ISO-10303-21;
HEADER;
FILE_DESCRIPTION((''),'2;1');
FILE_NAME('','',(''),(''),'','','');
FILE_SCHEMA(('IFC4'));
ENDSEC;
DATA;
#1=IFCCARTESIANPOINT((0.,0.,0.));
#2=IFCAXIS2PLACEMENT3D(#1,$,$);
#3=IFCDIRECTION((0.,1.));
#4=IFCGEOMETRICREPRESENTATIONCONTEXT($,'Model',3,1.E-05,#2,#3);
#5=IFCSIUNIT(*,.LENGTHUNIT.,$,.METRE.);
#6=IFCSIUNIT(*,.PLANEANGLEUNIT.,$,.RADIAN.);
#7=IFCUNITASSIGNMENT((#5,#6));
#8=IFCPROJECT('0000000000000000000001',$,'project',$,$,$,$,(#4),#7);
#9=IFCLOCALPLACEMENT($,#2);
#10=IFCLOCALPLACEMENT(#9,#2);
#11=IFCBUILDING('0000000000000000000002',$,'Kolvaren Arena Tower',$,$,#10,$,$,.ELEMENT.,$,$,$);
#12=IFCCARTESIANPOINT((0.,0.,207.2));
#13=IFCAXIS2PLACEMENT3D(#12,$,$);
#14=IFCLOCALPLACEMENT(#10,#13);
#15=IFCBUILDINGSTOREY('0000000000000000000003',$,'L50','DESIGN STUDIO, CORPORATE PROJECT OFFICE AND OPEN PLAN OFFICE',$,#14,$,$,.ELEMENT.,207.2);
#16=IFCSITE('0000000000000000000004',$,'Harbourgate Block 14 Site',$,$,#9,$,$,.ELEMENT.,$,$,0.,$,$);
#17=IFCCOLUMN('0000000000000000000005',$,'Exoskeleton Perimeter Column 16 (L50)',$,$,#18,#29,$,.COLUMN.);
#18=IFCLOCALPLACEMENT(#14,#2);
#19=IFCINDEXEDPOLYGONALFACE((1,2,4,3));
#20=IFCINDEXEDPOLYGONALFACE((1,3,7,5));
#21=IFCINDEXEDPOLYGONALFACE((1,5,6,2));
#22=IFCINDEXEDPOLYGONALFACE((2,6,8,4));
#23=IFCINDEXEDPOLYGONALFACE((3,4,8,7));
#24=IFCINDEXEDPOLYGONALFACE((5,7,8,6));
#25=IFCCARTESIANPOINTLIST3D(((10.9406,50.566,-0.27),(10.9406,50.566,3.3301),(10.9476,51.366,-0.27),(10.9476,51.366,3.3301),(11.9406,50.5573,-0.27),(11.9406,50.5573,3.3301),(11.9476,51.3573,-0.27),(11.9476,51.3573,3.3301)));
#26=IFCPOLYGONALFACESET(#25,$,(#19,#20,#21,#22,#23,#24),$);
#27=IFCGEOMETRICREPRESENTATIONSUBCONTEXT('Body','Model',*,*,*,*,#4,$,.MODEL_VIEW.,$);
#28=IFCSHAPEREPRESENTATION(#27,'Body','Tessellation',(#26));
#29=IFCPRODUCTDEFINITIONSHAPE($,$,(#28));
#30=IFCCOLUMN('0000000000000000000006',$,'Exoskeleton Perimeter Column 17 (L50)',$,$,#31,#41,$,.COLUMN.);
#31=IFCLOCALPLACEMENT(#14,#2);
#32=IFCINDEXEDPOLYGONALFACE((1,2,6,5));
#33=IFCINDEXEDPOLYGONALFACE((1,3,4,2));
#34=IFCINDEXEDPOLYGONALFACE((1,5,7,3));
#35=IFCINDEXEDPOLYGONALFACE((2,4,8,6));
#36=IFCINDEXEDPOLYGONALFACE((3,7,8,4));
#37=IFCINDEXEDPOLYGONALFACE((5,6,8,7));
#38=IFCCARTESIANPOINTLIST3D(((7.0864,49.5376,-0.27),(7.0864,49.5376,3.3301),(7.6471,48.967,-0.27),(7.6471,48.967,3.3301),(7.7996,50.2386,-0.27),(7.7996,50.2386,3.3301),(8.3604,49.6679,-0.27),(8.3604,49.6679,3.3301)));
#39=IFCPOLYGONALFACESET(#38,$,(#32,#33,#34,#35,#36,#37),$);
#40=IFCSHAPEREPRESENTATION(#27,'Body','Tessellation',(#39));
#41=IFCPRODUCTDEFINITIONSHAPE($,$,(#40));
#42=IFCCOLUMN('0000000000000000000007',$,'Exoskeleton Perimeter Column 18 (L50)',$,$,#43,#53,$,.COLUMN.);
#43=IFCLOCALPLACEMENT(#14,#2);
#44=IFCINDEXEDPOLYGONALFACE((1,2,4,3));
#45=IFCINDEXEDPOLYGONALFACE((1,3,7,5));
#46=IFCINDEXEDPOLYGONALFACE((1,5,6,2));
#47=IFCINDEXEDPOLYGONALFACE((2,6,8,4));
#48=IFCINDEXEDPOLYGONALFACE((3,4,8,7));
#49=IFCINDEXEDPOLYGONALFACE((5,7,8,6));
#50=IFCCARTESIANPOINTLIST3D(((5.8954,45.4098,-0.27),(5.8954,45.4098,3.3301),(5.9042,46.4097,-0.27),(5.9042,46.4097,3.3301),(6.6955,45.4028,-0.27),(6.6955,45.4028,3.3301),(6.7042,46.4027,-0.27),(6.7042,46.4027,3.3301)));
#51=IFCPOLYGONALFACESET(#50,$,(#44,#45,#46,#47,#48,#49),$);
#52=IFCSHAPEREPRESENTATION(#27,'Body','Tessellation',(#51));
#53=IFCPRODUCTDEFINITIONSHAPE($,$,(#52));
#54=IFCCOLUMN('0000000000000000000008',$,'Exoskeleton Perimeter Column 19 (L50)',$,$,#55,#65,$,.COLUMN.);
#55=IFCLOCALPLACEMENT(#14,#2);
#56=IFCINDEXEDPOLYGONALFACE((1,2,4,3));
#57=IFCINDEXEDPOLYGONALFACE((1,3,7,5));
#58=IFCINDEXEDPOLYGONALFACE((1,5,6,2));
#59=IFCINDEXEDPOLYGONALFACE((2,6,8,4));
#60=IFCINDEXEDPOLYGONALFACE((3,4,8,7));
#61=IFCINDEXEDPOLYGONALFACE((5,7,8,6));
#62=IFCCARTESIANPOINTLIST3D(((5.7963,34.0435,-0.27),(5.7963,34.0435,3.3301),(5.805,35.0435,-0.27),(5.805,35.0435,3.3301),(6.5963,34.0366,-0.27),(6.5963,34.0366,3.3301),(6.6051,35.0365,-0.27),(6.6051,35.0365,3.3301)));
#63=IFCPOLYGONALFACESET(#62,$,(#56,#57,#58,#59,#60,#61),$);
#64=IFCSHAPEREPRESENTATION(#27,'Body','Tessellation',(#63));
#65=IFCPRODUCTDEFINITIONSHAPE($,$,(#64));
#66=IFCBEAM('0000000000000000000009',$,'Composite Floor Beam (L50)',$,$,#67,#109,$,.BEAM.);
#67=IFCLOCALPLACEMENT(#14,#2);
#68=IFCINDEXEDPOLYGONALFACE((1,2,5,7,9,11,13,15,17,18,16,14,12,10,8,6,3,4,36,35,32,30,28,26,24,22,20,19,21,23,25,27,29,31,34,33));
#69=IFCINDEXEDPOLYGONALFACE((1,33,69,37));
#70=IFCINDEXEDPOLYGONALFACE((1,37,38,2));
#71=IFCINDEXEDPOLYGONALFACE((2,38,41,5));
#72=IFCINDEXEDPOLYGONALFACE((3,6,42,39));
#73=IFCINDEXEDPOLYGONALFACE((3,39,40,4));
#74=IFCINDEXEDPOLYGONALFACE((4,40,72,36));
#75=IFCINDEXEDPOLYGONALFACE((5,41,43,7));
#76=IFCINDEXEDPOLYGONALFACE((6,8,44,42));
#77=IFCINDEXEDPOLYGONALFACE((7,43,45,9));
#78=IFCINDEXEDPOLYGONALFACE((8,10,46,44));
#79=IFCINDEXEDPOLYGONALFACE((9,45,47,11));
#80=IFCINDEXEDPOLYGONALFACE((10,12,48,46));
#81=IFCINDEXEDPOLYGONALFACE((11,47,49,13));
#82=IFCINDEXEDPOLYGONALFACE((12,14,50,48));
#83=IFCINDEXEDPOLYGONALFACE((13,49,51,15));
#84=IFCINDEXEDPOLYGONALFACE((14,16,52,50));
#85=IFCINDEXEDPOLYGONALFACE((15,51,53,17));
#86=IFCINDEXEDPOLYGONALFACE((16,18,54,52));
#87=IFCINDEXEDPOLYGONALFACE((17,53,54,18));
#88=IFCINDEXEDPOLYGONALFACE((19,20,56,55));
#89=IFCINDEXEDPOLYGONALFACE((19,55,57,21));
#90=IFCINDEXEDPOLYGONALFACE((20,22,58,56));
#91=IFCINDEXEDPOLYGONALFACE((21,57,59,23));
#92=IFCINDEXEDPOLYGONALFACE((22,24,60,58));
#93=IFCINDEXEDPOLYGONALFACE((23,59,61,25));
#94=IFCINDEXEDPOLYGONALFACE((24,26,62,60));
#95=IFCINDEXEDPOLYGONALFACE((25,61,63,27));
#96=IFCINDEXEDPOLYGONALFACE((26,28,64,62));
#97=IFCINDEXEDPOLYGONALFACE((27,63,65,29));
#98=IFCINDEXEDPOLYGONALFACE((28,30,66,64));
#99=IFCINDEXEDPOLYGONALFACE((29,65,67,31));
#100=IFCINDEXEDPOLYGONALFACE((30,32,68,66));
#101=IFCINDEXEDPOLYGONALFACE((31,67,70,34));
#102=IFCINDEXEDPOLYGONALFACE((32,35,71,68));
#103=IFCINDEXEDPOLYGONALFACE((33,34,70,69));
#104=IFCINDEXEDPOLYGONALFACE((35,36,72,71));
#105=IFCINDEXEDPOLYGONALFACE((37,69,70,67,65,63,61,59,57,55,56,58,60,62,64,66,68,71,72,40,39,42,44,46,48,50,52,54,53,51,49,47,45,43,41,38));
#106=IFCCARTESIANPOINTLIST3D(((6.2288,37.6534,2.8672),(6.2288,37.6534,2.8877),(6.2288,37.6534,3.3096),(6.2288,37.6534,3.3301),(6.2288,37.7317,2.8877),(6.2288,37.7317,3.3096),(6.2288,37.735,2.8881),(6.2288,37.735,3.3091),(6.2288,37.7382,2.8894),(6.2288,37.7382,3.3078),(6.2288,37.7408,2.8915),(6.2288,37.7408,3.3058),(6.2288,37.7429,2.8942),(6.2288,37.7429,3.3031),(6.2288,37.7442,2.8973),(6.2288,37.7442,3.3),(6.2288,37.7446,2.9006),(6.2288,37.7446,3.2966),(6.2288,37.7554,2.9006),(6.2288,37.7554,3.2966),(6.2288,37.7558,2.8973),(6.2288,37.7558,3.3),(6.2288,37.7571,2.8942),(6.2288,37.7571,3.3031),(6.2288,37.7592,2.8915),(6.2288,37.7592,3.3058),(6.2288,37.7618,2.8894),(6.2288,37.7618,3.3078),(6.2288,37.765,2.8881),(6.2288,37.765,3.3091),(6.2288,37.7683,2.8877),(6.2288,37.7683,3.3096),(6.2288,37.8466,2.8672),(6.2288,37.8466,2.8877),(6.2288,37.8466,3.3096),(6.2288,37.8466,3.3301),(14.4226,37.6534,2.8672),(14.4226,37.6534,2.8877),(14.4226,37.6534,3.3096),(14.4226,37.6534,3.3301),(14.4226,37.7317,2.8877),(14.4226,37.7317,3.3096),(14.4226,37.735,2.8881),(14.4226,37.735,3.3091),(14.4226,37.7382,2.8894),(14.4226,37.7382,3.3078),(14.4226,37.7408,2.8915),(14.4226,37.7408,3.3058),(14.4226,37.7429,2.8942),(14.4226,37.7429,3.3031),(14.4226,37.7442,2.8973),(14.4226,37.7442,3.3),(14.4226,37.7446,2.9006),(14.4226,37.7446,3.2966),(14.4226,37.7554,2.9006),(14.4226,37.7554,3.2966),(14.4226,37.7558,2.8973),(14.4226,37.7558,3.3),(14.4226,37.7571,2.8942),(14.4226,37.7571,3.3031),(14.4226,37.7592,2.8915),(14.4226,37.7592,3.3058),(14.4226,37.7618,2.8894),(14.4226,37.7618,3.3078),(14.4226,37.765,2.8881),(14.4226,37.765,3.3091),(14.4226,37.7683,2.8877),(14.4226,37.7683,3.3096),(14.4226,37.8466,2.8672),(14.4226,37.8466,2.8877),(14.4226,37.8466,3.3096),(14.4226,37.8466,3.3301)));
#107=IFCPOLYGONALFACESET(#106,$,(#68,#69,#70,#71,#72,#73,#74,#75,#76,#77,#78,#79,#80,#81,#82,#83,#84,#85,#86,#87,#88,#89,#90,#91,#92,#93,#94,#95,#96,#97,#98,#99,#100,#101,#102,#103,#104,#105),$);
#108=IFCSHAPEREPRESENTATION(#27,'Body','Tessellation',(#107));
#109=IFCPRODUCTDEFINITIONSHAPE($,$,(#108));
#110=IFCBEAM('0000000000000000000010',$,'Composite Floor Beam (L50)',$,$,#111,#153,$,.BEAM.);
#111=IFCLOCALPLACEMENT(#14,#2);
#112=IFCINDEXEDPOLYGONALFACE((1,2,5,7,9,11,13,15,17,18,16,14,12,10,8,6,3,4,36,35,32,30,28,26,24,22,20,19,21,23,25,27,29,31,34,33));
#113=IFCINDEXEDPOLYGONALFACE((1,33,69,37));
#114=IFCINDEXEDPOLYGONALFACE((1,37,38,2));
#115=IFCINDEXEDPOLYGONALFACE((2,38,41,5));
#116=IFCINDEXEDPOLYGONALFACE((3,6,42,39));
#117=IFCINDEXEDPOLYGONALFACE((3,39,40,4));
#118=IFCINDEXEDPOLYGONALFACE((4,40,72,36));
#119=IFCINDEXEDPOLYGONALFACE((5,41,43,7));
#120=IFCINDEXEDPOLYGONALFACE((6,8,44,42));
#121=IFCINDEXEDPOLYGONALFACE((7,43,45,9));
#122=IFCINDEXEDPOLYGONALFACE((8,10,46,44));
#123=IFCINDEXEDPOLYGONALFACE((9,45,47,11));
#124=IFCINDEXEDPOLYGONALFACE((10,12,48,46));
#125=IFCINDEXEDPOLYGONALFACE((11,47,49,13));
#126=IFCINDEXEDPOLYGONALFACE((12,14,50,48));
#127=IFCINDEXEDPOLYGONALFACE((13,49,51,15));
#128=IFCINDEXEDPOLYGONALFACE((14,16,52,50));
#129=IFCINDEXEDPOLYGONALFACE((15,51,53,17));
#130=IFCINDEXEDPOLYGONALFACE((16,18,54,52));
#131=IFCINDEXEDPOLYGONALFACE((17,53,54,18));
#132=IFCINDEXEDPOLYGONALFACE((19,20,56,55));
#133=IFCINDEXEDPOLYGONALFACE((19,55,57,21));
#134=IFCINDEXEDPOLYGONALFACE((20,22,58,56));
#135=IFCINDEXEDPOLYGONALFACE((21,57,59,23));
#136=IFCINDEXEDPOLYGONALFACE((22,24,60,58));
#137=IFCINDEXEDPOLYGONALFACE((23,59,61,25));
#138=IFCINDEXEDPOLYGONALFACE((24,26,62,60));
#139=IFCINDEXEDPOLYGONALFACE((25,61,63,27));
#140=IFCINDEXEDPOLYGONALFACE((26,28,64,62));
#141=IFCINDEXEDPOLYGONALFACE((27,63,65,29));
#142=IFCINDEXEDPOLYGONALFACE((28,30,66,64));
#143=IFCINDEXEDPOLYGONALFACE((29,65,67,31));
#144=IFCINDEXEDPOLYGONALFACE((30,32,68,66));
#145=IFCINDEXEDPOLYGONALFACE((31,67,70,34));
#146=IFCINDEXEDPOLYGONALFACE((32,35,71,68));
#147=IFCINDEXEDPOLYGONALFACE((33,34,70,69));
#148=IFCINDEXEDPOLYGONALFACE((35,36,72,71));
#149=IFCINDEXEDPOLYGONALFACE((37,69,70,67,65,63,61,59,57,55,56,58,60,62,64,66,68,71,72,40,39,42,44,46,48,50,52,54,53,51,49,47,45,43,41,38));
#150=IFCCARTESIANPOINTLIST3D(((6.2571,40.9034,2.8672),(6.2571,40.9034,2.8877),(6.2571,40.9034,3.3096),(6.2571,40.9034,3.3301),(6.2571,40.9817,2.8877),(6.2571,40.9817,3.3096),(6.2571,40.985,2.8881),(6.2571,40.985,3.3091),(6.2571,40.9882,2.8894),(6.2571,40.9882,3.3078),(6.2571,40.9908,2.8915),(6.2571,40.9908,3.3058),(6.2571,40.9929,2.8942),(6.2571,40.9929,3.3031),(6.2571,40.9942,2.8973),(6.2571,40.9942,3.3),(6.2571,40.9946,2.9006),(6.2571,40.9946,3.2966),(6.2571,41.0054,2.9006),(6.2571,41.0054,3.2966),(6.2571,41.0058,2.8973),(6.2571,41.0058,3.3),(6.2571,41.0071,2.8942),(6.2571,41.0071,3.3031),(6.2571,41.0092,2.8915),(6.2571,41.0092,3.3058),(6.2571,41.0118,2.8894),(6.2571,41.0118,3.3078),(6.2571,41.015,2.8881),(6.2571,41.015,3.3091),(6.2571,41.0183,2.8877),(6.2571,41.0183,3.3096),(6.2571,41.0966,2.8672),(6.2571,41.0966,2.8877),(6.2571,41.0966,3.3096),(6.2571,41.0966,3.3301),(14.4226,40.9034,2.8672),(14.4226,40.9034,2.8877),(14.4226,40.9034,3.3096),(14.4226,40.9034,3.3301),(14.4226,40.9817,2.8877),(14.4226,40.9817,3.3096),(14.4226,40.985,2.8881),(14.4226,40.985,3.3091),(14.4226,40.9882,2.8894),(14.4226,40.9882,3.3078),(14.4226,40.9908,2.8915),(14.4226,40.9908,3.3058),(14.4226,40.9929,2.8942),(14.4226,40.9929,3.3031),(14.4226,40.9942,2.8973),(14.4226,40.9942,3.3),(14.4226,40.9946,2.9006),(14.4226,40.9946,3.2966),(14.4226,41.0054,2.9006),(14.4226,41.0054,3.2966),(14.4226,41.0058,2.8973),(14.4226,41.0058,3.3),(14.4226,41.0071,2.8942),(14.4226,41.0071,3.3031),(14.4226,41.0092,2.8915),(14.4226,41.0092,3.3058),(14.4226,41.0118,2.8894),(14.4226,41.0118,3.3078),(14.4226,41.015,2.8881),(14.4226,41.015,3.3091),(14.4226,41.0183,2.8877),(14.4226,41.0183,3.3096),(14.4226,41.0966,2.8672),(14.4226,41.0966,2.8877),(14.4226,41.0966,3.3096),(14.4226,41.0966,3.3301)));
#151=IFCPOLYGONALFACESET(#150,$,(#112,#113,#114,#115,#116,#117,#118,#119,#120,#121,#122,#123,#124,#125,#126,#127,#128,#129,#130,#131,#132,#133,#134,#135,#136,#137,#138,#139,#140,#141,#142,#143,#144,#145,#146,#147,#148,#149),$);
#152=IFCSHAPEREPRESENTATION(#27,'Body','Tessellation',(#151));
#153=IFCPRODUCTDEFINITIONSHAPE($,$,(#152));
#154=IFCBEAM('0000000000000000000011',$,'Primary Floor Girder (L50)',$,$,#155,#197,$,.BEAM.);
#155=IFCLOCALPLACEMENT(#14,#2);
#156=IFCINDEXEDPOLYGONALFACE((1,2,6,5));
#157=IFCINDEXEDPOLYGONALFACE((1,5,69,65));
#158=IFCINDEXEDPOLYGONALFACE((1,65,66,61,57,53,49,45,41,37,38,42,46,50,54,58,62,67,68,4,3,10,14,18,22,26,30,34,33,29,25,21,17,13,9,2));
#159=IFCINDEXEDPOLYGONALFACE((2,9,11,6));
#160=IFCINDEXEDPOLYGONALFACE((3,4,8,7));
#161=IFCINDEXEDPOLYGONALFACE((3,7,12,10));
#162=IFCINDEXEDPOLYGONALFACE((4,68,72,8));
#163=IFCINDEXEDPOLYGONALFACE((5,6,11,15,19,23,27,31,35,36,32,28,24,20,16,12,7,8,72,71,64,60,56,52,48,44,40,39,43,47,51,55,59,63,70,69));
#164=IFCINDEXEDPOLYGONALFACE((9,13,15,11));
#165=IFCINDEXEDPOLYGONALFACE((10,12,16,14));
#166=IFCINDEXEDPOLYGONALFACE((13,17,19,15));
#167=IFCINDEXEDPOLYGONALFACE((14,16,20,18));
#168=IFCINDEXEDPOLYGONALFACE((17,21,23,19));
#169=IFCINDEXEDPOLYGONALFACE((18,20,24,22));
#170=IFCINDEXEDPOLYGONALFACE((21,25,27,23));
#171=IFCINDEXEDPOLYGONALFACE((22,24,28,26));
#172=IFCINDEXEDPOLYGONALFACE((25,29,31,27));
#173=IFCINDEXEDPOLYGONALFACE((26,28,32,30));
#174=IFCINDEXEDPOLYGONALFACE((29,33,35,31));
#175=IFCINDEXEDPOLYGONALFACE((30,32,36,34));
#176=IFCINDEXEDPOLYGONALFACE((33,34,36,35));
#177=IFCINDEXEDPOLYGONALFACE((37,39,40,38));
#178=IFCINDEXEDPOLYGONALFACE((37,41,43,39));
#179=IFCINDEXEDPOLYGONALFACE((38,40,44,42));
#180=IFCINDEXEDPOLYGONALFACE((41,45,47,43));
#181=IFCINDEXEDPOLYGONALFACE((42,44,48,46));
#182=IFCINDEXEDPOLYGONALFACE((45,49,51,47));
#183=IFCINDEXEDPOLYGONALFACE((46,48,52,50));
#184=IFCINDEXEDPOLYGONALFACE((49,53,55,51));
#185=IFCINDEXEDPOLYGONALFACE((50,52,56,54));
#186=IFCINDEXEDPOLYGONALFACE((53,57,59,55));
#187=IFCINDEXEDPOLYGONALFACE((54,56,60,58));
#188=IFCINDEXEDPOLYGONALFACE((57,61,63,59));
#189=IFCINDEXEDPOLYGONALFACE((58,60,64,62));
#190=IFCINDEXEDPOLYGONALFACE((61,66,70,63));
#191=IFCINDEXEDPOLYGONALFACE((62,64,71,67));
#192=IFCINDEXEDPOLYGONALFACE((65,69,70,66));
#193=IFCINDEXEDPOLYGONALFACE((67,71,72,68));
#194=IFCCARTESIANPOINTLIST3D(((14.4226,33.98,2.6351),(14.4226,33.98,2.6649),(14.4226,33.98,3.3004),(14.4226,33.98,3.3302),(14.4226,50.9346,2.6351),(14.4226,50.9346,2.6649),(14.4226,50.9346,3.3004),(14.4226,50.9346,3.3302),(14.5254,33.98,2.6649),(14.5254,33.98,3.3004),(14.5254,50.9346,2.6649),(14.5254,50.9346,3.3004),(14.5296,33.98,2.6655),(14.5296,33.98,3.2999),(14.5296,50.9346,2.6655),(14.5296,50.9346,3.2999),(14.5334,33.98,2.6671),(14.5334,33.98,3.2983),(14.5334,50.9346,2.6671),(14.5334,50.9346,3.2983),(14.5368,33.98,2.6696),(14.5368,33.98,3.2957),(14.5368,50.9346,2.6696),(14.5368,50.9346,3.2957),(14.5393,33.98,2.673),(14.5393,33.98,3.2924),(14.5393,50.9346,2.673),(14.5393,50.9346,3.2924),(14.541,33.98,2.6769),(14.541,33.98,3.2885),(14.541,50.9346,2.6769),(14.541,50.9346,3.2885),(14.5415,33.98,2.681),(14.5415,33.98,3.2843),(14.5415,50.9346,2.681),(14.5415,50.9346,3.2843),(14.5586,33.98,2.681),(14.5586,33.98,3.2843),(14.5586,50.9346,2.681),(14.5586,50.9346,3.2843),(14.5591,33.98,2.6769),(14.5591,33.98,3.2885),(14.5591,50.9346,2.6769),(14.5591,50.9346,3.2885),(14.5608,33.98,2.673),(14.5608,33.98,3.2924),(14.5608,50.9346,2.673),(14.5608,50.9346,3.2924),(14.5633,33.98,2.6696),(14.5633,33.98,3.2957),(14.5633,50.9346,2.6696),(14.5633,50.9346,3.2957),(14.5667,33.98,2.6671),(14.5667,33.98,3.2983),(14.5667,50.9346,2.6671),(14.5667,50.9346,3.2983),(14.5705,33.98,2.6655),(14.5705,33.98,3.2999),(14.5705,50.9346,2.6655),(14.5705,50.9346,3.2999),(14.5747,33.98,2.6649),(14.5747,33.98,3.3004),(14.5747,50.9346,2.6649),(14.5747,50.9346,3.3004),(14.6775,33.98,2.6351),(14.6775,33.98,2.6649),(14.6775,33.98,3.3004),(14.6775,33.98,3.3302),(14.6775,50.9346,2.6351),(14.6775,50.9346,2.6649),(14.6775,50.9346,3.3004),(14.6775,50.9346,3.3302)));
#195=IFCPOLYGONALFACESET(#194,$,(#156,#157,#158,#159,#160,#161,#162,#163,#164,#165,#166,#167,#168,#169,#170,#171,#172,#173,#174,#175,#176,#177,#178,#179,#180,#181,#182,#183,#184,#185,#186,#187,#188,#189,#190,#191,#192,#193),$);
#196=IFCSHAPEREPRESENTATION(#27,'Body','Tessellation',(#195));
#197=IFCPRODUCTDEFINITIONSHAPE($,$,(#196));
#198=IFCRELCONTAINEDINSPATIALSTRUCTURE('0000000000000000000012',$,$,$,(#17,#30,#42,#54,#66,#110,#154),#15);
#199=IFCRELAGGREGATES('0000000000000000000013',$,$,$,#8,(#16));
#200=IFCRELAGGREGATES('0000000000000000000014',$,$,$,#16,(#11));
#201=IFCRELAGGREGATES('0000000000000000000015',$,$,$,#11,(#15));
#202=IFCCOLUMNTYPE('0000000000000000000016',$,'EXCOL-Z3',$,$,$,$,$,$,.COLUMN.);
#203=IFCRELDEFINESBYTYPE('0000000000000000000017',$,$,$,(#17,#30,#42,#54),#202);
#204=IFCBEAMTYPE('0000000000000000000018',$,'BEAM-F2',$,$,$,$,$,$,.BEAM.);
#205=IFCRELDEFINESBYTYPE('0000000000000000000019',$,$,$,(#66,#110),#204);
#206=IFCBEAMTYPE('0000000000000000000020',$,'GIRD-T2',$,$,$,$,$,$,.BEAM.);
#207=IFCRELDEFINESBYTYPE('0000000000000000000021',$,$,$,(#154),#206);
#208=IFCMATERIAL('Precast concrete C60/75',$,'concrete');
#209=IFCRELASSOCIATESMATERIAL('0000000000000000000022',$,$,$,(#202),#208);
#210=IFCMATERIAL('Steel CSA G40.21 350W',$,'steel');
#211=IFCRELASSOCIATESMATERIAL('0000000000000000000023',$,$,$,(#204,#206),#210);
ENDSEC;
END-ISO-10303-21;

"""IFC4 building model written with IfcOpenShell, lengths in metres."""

from ifc_helpers import new_model, si_unit, direction, frame, origin, origin_2d, place, context, subcontext, project, spatial, rectangle, i_section, extrude, material, material_profile, profile_set, type_object, element, save


model = new_model("IFC4")

# Units and contexts
model_context = context("Model", 3, precision=1e-05, world=origin(), true_north=direction((0.0, 1.0)))
body_context = subcontext(model_context, "Body", "Model", "MODEL_VIEW")
ifc_project = project(units=[si_unit("LENGTHUNIT", "METRE"), si_unit("PLANEANGLEUNIT", "RADIAN")], contexts=[model_context])

# Site, building, storey
site_placement = place(None, origin())
site = spatial("IfcSite", under=ifc_project, at=site_placement, Name="Harbourgate Block 14 Site", CompositionType="ELEMENT", RefElevation=0.0)
building_placement = place(site_placement, origin())
building = spatial("IfcBuilding", under=site, at=building_placement, Name="Kolvaren Arena Tower", CompositionType="ELEMENT")
storey_placement = place(building_placement, frame((0.0, 0.0, 207.2)))
storey = spatial("IfcBuildingStorey", under=building, at=storey_placement, Name="L50", Description="DESIGN STUDIO, CORPORATE PROJECT OFFICE AND OPEN PLAN OFFICE", CompositionType="ELEMENT", Elevation=207.2)

# Columns
ifc_material_1 = material(Name="Precast concrete C60/75", Category="concrete")
ifc_material_profile_1 = material_profile(ifc_material_1, rectangle(XDim=1.0, YDim=0.8, at=origin_2d()), Name="RC-1000x800")
ifc_profile_set_1 = profile_set([ifc_material_profile_1], Name="Precast concrete C60/75")
column_type = type_object("IfcColumnType", Name="EXCOL-Z3", PredefinedType="COLUMN", material=ifc_profile_set_1)
for number, where, z_axis, x_axis, name in (
    (1, (11.4441, 50.9617, -0.27), (0.0, 0.0, 1.0), (0.999962, -0.008727, 0.0), "Exoskeleton Perimeter Column 16 (L50)"),
    (2, (7.7234, 49.6028, -0.27), (0.0, 0.0, 1.0), (0.71325, 0.700909, 0.0), "Exoskeleton Perimeter Column 17 (L50)"),
    (3, (6.2998, 45.9062, -0.27), (0.0, 0.0, 1.0), (0.008727, 0.999962, 0.0), "Exoskeleton Perimeter Column 18 (L50)"),
    (4, (6.2007, 34.54, -0.27), (0.0, 0.0, 1.0), (0.008727, 0.999962, 0.0), "Exoskeleton Perimeter Column 19 (L50)"),
):
    element("IfcColumn", number, at=place(storey_placement, frame(where, z_axis=z_axis, x_axis=x_axis)), inside=storey, type_object=column_type, Name=name, PredefinedType="COLUMN", context=body_context, shape_type="SweptSolid", body=[
        extrude(rectangle(XDim=1.0, YDim=0.8, at=origin_2d()), origin(), (0.0, 0.0, 1.0), 3.6001),
    ])

# Beams
ifc_material_2 = material(Name="Steel CSA G40.21 350W", Category="steel")
ifc_material_profile_2 = material_profile(ifc_material_2, i_section(OverallWidth=0.1931, OverallDepth=0.4629, WebThickness=0.0107, FlangeThickness=0.0205, FilletRadius=0.0129, at=origin_2d()), Name="W460x113")
ifc_profile_set_2 = profile_set([ifc_material_profile_2], Name="Steel CSA G40.21 350W")
beam_type_1 = type_object("IfcBeamType", Name="BEAM-F2", PredefinedType="BEAM", material=ifc_profile_set_2)
beam_1_placement = place(storey_placement, frame((6.2288, 37.75, 3.0986), z_axis=(1.0, 0.0, 0.0), x_axis=(0.0, 1.0, 0.0)))
element("IfcBeam", 5, at=beam_1_placement, inside=storey, type_object=beam_type_1, Name="Composite Floor Beam (L50)", PredefinedType="BEAM", context=body_context, shape_type="SweptSolid", body=[
    extrude(i_section(OverallWidth=0.1931, OverallDepth=0.4629, WebThickness=0.0107, FlangeThickness=0.0205, FilletRadius=0.0129, at=origin_2d()), origin(), (0.0, 0.0, 1.0), 8.1938),
])
beam_2_placement = place(storey_placement, frame((6.2571, 41.0, 3.0986), z_axis=(1.0, 0.0, 0.0), x_axis=(0.0, 1.0, 0.0)))
element("IfcBeam", 6, at=beam_2_placement, inside=storey, type_object=beam_type_1, Name="Composite Floor Beam (L50)", PredefinedType="BEAM", context=body_context, shape_type="SweptSolid", body=[
    extrude(i_section(OverallWidth=0.1931, OverallDepth=0.4629, WebThickness=0.0107, FlangeThickness=0.0205, FilletRadius=0.0129, at=origin_2d()), origin(), (0.0, 0.0, 1.0), 8.1655),
])
ifc_material_profile_3 = material_profile(ifc_material_2, i_section(OverallWidth=0.2549, OverallDepth=0.6951, WebThickness=0.0171, FlangeThickness=0.0298, FilletRadius=0.0161, at=origin_2d()), Name="W690x217")
ifc_profile_set_3 = profile_set([ifc_material_profile_3], Name="Steel CSA G40.21 350W")
beam_type_2 = type_object("IfcBeamType", Name="GIRD-T2", PredefinedType="BEAM", material=ifc_profile_set_3)
beam_3_placement = place(storey_placement, frame((14.55, 33.98, 2.9827), z_axis=(0.0, 1.0, 0.0), x_axis=(-1.0, 0.0, 0.0)))
element("IfcBeam", 7, at=beam_3_placement, inside=storey, type_object=beam_type_2, Name="Primary Floor Girder (L50)", PredefinedType="BEAM", context=body_context, shape_type="SweptSolid", body=[
    extrude(i_section(OverallWidth=0.2549, OverallDepth=0.6951, WebThickness=0.0171, FlangeThickness=0.0298, FilletRadius=0.0161, at=origin_2d()), origin(), (0.0, 0.0, 1.0), 16.9546),
])

save(model, "model.ifc")
